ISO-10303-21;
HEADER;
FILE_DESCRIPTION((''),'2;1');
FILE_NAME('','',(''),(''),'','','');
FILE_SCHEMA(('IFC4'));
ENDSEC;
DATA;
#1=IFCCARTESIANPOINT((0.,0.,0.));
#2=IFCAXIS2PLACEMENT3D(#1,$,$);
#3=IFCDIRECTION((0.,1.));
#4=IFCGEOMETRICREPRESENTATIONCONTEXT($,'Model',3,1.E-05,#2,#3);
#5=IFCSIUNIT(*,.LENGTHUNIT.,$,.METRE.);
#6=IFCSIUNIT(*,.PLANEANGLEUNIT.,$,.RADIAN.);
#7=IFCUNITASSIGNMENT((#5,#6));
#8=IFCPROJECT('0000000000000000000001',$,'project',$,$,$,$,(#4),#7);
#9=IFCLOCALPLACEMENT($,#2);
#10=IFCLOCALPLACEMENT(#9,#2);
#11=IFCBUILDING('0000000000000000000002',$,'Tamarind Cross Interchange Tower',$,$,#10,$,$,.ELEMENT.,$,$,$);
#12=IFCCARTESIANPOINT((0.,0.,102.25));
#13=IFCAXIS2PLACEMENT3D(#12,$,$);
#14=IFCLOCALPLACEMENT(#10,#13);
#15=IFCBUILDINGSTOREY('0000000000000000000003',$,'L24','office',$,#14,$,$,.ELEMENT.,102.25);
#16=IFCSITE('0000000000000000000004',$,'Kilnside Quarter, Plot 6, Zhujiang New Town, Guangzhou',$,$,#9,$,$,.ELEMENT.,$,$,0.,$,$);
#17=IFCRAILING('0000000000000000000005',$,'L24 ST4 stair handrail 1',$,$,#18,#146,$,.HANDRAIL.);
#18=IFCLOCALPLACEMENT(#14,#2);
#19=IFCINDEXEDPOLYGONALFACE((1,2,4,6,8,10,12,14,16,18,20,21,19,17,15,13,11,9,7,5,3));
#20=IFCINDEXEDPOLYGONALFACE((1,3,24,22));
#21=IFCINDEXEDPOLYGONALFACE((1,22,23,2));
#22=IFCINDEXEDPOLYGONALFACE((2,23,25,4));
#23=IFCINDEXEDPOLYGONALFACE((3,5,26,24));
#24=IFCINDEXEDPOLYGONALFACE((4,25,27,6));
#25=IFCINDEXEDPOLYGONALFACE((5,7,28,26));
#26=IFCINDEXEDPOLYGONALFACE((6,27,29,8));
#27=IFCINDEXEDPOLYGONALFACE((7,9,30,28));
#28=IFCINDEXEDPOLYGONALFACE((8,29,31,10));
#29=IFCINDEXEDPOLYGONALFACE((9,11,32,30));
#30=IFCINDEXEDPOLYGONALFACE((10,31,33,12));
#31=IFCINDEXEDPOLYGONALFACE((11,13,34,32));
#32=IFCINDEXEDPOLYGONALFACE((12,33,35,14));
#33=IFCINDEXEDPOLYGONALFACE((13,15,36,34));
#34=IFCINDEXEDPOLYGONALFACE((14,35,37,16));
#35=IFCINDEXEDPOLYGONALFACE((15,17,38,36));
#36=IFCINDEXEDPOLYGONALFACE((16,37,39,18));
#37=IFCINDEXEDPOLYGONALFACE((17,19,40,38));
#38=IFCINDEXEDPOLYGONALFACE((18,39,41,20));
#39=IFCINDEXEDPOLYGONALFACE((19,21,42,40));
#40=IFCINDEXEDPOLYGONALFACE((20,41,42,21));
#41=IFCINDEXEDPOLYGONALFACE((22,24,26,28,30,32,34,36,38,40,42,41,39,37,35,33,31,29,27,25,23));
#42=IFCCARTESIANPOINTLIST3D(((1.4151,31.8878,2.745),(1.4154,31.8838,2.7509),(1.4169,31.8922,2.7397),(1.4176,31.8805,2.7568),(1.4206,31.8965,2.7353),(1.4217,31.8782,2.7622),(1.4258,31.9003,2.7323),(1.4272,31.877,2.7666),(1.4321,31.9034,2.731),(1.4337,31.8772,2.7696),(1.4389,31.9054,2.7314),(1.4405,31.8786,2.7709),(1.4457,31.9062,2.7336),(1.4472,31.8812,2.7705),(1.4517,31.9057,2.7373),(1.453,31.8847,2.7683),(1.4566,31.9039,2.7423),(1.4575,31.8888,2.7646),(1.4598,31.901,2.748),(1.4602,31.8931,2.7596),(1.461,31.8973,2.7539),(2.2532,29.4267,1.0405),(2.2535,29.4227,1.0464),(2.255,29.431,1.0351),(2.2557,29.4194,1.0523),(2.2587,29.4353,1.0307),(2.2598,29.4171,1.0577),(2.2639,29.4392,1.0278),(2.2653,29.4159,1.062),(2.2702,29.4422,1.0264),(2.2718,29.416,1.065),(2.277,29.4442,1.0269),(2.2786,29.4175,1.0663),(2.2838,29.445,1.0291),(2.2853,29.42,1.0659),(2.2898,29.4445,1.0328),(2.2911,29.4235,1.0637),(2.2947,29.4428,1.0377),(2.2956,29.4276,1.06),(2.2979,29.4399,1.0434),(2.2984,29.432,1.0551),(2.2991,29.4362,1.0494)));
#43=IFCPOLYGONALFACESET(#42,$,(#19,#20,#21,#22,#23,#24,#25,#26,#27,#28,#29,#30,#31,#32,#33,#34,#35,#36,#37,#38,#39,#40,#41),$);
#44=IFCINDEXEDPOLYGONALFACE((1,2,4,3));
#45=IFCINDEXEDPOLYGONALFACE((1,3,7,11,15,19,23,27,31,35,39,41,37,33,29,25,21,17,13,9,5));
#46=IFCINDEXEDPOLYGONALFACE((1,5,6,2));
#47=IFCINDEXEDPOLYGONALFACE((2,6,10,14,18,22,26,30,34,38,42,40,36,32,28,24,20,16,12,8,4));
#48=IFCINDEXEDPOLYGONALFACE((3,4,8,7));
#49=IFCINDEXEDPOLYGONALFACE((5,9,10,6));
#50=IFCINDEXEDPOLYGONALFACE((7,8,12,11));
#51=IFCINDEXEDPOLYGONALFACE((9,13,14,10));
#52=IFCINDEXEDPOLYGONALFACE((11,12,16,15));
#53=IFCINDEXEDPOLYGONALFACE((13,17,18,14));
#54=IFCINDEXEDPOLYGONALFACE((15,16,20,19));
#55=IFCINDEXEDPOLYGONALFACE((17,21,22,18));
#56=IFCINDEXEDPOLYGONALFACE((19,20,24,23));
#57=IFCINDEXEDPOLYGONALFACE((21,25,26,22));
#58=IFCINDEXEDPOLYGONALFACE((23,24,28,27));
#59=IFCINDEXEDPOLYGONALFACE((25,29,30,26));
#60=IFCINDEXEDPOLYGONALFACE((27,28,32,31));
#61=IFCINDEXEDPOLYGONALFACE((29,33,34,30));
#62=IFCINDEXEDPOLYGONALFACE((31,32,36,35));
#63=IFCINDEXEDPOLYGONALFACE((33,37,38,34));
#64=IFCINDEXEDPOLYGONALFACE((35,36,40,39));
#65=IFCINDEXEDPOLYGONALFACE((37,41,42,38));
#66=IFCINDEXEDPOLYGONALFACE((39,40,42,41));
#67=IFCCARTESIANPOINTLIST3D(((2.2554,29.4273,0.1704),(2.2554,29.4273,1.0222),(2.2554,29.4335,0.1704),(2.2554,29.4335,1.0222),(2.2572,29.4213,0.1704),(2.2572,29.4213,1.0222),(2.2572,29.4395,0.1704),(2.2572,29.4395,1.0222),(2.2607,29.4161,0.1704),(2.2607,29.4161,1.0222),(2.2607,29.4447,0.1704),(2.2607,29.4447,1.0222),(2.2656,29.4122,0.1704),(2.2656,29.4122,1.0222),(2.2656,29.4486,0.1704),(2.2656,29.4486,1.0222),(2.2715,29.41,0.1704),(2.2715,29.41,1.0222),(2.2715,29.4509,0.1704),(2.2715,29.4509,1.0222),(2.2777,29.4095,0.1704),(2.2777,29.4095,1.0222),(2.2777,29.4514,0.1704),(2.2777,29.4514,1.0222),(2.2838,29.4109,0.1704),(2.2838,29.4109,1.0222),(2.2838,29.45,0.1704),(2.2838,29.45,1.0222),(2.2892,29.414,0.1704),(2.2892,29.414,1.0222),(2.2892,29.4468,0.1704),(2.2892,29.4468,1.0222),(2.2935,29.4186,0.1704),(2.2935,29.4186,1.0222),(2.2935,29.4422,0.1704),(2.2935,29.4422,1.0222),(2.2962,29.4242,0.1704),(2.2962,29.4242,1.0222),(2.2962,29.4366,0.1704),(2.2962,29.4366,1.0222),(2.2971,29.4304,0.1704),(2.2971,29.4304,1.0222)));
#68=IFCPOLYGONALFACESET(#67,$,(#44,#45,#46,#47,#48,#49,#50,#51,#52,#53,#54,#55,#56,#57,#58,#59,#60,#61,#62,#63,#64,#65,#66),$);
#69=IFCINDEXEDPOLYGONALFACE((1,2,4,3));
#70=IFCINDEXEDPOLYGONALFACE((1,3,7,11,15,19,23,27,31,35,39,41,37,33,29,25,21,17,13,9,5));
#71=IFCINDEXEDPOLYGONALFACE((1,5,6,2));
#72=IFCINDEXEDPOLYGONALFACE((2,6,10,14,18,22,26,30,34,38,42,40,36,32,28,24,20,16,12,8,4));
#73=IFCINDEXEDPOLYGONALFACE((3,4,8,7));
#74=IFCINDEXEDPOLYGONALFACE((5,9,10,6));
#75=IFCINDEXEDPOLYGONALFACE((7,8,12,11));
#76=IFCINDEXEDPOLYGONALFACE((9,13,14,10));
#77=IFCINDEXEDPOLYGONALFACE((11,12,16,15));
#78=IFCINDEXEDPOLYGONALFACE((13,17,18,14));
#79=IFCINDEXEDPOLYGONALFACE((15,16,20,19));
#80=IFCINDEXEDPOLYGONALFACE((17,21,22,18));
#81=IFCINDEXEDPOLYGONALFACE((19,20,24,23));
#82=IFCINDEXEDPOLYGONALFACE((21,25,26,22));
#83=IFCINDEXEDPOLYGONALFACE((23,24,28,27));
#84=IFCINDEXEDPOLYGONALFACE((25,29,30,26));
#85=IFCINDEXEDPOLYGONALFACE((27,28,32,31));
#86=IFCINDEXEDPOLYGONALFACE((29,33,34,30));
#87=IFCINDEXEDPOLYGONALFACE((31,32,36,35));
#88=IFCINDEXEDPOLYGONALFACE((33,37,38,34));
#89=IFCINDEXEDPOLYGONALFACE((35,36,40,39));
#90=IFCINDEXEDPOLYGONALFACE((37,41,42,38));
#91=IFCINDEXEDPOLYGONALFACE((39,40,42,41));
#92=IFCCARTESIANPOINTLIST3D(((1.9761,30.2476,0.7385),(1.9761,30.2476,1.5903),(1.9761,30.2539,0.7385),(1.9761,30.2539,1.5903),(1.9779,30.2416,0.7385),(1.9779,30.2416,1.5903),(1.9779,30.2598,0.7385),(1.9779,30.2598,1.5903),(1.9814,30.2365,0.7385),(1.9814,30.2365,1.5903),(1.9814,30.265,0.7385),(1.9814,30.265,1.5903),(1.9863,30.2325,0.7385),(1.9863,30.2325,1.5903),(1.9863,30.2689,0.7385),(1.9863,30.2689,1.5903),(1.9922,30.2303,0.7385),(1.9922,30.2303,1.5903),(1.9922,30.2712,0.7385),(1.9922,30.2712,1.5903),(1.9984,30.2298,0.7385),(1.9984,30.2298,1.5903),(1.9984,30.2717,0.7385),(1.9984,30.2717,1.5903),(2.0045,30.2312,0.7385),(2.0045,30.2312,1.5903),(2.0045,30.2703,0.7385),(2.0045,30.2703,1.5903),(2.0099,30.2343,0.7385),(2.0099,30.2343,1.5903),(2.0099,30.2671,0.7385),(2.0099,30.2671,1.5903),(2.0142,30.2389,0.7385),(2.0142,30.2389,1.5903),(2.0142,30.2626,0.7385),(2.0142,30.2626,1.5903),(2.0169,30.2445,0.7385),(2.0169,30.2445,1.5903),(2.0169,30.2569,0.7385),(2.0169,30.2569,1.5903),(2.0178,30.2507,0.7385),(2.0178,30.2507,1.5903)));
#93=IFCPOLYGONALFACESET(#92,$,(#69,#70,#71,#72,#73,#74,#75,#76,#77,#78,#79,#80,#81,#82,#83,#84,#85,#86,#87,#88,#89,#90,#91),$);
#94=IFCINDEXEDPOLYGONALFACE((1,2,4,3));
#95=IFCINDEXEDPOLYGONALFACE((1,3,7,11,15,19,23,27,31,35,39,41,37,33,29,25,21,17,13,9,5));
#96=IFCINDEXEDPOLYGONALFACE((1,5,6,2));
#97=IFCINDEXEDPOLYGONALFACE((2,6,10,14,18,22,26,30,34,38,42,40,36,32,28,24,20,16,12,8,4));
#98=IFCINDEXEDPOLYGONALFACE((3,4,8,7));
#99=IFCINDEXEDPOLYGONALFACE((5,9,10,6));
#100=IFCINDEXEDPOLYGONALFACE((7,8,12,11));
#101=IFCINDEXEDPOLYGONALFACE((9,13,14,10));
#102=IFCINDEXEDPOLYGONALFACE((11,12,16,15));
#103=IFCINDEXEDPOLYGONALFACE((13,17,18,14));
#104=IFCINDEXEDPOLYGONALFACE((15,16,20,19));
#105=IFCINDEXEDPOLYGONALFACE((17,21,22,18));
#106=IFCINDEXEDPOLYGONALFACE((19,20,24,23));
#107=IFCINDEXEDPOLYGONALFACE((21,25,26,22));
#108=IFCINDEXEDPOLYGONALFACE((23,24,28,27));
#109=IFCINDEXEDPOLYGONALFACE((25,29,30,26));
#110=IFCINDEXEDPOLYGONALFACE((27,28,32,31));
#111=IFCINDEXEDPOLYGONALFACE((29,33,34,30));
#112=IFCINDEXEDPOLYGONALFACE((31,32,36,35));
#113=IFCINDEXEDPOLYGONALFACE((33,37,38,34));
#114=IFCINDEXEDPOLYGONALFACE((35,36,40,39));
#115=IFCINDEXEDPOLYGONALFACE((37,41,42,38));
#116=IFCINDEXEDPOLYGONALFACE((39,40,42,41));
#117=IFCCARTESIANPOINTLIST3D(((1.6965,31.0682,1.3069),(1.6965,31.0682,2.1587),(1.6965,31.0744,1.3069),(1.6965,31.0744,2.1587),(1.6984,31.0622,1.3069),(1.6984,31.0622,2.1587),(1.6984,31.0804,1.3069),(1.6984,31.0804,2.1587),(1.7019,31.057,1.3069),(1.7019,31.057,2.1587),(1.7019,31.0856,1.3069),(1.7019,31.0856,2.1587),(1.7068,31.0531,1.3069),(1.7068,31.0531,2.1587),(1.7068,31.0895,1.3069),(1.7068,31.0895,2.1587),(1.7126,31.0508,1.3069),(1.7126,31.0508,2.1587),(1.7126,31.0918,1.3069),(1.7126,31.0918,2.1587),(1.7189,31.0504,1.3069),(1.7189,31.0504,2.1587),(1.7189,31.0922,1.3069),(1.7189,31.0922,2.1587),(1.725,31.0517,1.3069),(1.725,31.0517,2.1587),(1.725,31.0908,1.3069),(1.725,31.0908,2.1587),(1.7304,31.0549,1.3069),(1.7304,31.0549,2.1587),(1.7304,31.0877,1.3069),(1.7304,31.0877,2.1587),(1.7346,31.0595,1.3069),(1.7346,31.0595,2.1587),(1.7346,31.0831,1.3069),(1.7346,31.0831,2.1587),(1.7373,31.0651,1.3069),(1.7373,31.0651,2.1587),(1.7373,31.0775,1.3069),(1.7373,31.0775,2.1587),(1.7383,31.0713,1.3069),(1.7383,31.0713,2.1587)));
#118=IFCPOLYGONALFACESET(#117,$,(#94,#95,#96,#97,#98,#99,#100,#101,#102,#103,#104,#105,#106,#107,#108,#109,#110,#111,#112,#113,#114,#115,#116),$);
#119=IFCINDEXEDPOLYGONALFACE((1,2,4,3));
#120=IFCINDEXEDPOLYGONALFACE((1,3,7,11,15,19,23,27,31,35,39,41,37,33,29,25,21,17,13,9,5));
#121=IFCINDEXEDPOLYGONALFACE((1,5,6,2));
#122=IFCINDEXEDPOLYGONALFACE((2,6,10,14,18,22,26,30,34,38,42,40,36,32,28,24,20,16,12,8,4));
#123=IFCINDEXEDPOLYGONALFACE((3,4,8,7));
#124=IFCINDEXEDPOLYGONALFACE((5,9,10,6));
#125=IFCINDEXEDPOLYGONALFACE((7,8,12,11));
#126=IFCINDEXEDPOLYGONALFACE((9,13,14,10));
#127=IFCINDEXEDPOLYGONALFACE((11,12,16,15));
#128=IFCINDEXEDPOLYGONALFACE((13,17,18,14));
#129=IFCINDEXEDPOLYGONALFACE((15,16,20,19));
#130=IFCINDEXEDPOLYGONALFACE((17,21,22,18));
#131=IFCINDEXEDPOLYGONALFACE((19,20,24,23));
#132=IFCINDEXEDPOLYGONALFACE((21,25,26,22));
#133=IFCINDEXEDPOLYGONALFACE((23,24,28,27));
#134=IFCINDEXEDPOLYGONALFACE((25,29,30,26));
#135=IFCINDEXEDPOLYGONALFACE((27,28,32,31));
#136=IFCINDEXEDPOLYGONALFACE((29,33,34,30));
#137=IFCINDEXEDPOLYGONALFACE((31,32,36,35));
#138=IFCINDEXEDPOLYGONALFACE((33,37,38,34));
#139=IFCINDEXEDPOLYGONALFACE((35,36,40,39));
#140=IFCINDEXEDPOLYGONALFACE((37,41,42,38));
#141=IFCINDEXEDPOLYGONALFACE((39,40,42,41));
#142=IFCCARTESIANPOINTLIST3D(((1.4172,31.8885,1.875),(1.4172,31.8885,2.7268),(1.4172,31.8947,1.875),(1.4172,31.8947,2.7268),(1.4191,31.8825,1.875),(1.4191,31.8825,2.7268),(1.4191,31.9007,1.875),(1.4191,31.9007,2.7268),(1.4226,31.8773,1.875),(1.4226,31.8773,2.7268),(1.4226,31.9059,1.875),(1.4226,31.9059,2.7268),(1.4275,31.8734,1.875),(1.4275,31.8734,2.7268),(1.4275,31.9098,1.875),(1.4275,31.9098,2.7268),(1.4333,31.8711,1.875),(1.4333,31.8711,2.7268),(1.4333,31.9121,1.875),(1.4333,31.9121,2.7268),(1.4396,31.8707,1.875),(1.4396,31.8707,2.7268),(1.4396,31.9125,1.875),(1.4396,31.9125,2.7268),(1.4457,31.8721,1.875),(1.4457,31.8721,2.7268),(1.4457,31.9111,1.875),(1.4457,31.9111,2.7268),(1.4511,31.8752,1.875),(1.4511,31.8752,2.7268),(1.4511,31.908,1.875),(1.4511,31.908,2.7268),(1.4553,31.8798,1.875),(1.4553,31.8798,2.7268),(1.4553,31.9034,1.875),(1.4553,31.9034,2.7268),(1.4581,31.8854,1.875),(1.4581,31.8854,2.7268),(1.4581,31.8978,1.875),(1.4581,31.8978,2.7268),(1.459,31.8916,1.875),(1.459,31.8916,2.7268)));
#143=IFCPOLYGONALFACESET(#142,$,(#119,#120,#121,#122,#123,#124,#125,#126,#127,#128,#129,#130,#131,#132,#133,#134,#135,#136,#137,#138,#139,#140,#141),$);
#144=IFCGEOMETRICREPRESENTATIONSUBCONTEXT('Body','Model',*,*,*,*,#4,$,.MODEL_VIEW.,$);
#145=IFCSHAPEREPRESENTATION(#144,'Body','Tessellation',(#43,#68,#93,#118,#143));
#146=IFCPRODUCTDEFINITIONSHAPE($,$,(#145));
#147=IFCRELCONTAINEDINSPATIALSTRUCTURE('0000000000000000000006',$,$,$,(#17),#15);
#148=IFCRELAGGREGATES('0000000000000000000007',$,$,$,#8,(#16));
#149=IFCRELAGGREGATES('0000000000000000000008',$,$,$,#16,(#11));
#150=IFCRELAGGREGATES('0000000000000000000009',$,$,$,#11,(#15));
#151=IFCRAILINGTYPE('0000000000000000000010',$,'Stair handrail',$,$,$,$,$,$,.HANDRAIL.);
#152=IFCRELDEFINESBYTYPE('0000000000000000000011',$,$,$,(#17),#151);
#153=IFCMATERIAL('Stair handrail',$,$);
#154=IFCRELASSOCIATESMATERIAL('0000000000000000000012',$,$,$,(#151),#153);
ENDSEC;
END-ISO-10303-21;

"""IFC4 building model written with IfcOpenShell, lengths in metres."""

from ifc_helpers import new_model, si_unit, direction, frame, origin, origin_2d, place, context, subcontext, project, spatial, circle, extrude, material, type_object, element, save


model = new_model("IFC4")

# Units and contexts
model_context = context("Model", 3, precision=1e-05, world=origin(), true_north=direction((0.0, 1.0)))
body_context = subcontext(model_context, "Body", "Model", "MODEL_VIEW")
ifc_project = project(units=[si_unit("LENGTHUNIT", "METRE"), si_unit("PLANEANGLEUNIT", "RADIAN")], contexts=[model_context])

# Site, building, storey
site_placement = place(None, origin())
site = spatial("IfcSite", under=ifc_project, at=site_placement, Name="Kilnside Quarter, Plot 6, Zhujiang New Town, Guangzhou", CompositionType="ELEMENT", RefElevation=0.0)
building_placement = place(site_placement, origin())
building = spatial("IfcBuilding", under=site, at=building_placement, Name="Tamarind Cross Interchange Tower", CompositionType="ELEMENT")
storey_placement = place(building_placement, frame((0.0, 0.0, 102.25)))
storey = spatial("IfcBuildingStorey", under=building, at=storey_placement, Name="L24", Description="office", CompositionType="ELEMENT", Elevation=102.25)

# Railing
ifc_material_1 = material(Name="Stair handrail")
railing_type_1 = type_object("IfcRailingType", Name="Stair handrail", PredefinedType="HANDRAIL", material=ifc_material_1)
railing_1_placement = place(storey_placement, frame((2.2761, 29.4304, 0.1704)))
element("IfcRailing", 1, at=railing_1_placement, inside=storey, type_object=railing_type_1, Name="L24 ST4 stair handrail 1", PredefinedType="HANDRAIL", context=body_context, shape_type="SweptSolid", body=[
    extrude(circle(Radius=0.0239, at=origin_2d()), frame((0.0, 0.0, 0.876), z_axis=(-0.269589, 0.791646, 0.548286), x_axis=(-0.946616, -0.322362, 0.0)), (0.0, 0.0, 1.0), 3.1089),
    extrude(circle(Radius=0.021, at=origin_2d()), origin(), (0.0, 0.0, 1.0), 0.8518),
    extrude(circle(Radius=0.021, at=origin_2d()), frame((-0.2793, 0.8203, 0.5681)), (0.0, 0.0, 1.0), 0.8518),
    extrude(circle(Radius=0.021, at=origin_2d()), frame((-0.5588, 1.6409, 1.1365)), (0.0, 0.0, 1.0), 0.8518),
    extrude(circle(Radius=0.021, at=origin_2d()), frame((-0.8381, 2.4612, 1.7046)), (0.0, 0.0, 1.0), 0.8518),
])

save(model, "model.ifc")
